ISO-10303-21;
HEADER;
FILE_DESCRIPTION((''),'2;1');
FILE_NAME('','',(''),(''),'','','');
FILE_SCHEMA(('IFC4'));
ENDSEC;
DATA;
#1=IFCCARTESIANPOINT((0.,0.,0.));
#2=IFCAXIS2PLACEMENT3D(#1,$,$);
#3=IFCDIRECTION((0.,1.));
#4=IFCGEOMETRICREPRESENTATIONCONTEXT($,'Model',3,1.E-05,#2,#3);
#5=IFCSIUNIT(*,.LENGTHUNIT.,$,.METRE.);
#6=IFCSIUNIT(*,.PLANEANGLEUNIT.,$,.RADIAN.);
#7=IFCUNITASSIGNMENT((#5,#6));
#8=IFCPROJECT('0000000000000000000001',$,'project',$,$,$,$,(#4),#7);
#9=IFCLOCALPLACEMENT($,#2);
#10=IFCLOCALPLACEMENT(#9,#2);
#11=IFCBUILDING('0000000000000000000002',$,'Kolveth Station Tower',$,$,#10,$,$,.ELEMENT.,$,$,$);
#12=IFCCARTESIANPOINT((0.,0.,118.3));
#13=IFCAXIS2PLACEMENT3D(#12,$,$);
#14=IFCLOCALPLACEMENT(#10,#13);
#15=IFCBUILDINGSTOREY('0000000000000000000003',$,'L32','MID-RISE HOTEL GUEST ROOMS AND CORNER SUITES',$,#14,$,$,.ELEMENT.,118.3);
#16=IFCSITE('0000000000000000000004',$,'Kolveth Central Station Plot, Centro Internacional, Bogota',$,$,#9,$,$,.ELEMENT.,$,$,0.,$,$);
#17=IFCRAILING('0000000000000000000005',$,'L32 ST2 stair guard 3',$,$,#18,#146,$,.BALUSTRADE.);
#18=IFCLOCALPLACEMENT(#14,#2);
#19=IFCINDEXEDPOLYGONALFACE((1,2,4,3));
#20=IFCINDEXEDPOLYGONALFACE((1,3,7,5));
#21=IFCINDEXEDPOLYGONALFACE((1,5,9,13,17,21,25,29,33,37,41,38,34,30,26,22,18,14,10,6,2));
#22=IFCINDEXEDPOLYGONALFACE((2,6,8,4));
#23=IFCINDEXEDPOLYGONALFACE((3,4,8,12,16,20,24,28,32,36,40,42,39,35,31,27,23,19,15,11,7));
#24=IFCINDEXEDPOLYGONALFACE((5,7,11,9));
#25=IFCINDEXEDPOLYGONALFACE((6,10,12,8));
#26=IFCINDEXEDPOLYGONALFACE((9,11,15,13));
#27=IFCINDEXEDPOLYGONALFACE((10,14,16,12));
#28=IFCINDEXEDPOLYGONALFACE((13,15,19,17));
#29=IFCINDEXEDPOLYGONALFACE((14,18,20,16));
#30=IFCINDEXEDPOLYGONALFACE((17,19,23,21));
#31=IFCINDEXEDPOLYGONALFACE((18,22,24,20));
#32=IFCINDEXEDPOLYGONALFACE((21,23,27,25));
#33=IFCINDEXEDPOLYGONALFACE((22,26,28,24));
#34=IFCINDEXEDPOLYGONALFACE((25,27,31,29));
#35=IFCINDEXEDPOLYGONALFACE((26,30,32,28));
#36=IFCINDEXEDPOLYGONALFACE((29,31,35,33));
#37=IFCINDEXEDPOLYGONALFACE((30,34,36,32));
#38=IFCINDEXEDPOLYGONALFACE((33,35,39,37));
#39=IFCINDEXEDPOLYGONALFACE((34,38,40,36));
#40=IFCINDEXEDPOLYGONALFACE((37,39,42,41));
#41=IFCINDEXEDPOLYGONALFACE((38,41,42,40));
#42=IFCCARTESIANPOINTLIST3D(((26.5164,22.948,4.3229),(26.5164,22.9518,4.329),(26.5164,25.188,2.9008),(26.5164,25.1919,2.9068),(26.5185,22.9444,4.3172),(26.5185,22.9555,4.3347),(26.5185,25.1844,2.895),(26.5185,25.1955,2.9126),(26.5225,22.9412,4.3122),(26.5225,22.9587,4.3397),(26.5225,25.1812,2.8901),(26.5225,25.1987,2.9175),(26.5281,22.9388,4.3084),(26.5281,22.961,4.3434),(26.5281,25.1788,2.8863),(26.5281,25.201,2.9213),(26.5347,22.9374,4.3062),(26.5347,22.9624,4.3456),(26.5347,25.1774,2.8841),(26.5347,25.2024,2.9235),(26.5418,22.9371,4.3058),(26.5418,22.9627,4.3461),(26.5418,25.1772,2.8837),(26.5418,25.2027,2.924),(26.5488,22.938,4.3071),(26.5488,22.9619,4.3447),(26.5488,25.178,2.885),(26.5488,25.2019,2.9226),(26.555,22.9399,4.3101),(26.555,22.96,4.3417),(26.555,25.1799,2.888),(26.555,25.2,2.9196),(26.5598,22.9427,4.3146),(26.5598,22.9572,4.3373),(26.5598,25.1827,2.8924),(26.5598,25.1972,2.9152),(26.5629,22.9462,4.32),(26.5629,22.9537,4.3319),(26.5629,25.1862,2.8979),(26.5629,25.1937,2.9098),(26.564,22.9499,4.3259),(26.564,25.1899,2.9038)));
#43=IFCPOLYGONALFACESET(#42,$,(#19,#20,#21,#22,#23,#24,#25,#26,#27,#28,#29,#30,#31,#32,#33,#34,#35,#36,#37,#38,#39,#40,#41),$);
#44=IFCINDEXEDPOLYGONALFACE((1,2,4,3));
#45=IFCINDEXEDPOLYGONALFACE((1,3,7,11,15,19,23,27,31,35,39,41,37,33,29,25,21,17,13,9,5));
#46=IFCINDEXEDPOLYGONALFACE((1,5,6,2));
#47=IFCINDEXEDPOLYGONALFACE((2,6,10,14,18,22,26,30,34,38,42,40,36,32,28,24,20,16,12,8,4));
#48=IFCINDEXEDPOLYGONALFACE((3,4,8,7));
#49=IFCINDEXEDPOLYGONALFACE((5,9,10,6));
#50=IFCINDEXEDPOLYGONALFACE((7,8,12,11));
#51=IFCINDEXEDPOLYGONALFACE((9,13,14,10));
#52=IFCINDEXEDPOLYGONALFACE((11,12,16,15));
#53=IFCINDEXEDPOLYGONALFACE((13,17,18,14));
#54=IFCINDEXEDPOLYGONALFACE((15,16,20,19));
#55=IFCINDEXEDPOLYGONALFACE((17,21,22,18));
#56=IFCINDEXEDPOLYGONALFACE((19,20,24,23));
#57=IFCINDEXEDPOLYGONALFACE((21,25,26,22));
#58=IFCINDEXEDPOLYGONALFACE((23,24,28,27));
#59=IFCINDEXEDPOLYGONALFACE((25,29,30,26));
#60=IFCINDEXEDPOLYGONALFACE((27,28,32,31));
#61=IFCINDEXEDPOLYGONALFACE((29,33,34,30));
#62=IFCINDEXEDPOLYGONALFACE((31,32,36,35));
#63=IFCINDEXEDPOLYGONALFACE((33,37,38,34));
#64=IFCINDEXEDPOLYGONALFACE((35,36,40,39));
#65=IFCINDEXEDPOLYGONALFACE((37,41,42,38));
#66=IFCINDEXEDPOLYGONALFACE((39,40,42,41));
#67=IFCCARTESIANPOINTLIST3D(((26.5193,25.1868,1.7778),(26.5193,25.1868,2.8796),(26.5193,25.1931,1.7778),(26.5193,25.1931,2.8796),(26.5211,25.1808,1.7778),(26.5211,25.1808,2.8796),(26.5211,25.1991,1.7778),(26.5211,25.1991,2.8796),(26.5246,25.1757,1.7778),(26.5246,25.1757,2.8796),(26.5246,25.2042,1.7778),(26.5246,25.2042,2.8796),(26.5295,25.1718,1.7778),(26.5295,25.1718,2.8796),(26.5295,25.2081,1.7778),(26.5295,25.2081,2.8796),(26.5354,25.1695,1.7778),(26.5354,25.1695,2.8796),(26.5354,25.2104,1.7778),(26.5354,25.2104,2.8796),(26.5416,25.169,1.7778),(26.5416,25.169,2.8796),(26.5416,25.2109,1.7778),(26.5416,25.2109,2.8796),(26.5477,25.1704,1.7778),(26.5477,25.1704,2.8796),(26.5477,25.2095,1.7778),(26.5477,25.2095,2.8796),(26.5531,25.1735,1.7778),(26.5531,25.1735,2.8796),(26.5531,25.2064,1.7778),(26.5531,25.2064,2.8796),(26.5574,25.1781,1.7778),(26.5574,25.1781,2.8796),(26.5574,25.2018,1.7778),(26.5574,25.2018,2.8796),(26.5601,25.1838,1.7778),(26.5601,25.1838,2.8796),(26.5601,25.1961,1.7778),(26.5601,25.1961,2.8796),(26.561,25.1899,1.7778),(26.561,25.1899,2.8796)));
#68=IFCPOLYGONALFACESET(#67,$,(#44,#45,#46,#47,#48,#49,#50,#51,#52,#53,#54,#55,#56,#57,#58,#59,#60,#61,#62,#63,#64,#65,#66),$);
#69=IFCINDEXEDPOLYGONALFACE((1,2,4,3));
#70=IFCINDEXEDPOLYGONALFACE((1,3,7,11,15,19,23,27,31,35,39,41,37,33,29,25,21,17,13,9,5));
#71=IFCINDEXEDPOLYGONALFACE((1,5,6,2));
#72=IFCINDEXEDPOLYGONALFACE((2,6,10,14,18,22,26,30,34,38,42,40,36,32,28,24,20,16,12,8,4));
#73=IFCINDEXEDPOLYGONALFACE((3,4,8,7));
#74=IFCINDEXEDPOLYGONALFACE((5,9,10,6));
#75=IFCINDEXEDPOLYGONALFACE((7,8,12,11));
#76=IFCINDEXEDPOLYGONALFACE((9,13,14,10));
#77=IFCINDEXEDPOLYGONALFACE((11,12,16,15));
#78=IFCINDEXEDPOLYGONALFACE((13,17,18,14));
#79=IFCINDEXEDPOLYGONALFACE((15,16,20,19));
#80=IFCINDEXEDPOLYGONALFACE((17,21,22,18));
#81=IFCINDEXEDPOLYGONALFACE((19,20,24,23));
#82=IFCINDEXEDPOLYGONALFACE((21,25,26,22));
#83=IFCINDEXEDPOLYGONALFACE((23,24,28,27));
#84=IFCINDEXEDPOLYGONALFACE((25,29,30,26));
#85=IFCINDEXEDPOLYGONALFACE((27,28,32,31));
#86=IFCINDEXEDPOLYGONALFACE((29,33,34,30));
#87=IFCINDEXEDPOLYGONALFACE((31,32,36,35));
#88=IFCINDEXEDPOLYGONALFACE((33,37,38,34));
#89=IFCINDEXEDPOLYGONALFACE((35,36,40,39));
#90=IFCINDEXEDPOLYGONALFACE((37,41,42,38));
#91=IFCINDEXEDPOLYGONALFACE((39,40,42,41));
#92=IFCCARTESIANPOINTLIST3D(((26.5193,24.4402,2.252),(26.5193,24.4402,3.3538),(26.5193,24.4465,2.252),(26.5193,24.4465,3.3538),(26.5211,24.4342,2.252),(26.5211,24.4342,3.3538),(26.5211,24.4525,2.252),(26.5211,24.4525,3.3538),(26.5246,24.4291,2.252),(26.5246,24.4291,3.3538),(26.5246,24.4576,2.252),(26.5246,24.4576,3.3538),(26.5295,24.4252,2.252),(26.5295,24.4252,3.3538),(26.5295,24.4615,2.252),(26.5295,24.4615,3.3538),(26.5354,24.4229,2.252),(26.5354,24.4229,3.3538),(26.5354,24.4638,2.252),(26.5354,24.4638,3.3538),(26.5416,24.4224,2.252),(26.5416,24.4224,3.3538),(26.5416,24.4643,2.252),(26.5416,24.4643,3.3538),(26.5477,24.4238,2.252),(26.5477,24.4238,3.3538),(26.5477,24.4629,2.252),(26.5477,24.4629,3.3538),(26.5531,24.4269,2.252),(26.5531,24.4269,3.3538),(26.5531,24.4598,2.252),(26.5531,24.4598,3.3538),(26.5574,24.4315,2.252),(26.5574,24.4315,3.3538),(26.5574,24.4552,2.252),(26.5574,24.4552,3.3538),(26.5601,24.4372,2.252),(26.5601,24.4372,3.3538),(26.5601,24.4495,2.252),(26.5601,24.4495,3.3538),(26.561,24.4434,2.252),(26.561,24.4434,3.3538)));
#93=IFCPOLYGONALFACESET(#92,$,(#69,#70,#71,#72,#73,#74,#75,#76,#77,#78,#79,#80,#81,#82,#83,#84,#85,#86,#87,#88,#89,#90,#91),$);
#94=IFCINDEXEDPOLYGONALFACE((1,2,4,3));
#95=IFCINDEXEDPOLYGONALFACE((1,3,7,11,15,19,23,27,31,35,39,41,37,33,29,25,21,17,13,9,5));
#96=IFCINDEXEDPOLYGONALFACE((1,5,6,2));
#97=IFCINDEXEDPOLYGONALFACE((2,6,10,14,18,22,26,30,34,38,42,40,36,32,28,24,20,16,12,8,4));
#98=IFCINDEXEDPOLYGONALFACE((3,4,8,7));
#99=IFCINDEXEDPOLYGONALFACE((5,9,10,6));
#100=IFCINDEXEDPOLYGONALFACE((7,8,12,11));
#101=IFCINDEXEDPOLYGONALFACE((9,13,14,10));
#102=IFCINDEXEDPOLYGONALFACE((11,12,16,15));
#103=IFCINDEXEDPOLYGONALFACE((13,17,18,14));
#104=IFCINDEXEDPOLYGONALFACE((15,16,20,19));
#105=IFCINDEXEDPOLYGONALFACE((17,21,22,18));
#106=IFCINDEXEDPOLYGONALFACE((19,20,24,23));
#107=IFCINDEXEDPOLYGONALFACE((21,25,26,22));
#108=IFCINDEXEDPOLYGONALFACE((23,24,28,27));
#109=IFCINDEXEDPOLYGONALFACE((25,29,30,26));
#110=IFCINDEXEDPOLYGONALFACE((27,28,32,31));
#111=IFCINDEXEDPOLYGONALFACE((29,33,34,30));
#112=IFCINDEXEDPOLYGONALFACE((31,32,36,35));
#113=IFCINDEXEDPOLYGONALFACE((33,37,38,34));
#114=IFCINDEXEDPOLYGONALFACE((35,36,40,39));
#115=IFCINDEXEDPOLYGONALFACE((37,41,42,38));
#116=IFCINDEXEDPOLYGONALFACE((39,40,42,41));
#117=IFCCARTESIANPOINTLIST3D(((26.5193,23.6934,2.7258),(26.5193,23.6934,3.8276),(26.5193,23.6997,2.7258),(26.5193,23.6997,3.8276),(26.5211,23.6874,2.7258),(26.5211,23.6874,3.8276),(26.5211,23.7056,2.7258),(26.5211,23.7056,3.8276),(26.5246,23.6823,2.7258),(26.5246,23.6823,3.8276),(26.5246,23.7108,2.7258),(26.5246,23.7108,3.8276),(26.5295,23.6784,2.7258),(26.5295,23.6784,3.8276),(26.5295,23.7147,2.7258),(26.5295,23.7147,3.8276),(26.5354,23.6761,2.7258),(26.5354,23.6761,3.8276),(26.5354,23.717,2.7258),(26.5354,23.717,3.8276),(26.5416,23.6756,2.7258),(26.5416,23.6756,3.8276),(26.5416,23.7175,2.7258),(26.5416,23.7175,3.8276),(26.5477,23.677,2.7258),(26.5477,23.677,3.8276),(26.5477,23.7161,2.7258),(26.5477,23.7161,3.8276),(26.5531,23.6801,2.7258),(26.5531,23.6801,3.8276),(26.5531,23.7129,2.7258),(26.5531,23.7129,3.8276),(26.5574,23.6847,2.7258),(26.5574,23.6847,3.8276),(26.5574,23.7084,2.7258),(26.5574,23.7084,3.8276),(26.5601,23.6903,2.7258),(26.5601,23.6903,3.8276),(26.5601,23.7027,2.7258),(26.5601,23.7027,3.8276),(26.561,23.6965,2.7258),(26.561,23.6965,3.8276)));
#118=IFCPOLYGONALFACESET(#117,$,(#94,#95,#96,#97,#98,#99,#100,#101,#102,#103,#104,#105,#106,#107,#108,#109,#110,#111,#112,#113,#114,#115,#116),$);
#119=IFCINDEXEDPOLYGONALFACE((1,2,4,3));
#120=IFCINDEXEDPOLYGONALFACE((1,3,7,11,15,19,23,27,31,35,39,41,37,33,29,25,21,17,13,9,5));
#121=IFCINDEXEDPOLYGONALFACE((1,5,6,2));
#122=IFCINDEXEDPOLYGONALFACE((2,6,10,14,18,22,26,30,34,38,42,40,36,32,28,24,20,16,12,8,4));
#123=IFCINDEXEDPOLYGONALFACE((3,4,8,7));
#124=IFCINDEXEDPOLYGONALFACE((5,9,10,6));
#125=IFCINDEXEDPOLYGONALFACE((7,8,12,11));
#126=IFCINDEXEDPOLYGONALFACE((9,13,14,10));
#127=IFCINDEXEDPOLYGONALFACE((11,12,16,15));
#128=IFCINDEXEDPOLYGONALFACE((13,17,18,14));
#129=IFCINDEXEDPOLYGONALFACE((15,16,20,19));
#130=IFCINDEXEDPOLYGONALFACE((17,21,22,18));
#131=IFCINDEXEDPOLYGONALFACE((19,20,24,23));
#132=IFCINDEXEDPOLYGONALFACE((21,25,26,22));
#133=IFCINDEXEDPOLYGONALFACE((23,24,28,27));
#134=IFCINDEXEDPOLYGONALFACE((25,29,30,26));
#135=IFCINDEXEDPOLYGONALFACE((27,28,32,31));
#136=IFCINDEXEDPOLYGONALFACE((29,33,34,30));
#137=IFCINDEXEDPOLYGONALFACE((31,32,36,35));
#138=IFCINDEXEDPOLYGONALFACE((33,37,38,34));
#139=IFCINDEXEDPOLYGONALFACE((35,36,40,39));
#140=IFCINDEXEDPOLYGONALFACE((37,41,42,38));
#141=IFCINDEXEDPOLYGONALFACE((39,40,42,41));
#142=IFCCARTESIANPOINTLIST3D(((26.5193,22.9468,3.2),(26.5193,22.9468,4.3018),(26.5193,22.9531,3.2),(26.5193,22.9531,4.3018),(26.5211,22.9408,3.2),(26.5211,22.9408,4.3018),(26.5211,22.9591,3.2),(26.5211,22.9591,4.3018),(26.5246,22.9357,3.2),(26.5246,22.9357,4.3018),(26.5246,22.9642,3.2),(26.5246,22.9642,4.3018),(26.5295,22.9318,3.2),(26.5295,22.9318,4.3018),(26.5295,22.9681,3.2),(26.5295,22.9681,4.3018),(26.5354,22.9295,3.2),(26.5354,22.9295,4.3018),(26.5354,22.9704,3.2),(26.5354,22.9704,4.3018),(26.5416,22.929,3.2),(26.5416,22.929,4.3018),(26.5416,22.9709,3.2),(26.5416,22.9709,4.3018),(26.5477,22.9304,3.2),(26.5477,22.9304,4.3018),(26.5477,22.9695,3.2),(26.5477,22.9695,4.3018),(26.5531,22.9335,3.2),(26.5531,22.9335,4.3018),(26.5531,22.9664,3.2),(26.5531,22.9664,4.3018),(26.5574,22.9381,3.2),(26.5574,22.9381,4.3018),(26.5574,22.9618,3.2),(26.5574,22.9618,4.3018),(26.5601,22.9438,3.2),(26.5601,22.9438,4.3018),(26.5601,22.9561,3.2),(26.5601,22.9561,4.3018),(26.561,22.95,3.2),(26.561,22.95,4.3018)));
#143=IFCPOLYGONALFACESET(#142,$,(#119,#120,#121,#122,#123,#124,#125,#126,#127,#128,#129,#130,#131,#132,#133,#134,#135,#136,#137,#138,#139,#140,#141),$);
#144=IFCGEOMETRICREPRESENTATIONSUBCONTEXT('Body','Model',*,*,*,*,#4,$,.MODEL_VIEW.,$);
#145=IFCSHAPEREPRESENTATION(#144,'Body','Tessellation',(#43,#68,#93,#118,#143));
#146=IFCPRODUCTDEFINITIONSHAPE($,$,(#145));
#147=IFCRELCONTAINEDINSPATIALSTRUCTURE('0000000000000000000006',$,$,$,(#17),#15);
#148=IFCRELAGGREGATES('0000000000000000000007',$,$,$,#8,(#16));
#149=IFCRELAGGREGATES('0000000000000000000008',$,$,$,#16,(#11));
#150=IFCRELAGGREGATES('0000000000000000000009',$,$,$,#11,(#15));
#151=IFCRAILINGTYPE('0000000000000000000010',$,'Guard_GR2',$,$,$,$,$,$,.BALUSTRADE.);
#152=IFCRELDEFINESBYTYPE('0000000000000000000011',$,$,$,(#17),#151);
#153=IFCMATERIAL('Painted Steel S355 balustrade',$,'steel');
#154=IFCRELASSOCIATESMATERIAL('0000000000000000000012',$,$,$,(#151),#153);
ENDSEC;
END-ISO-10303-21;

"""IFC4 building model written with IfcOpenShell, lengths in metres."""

from ifc_helpers import new_model, si_unit, direction, frame, origin, origin_2d, place, context, subcontext, project, spatial, circle, extrude, material, type_object, element, save


model = new_model("IFC4")

# Units and contexts
model_context = context("Model", 3, precision=1e-05, world=origin(), true_north=direction((0.0, 1.0)))
body_context = subcontext(model_context, "Body", "Model", "MODEL_VIEW")
ifc_project = project(units=[si_unit("LENGTHUNIT", "METRE"), si_unit("PLANEANGLEUNIT", "RADIAN")], contexts=[model_context])

# Site, building, storey
site_placement = place(None, origin())
site = spatial("IfcSite", under=ifc_project, at=site_placement, Name="Kolveth Central Station Plot, Centro Internacional, Bogota", CompositionType="ELEMENT", RefElevation=0.0)
building_placement = place(site_placement, origin())
building = spatial("IfcBuilding", under=site, at=building_placement, Name="Kolveth Station Tower", CompositionType="ELEMENT")
storey_placement = place(building_placement, frame((0.0, 0.0, 118.3)))
storey = spatial("IfcBuildingStorey", under=building, at=storey_placement, Name="L32", Description="MID-RISE HOTEL GUEST ROOMS AND CORNER SUITES", CompositionType="ELEMENT", Elevation=118.3)

# Railing
ifc_material_1 = material(Name="Painted Steel S355 balustrade", Category="steel")
railing_type_1 = type_object("IfcRailingType", Name="Guard_GR2", PredefinedType="BALUSTRADE", material=ifc_material_1)
railing_1_placement = place(storey_placement, frame((26.54, 25.1899, 1.7778)))
element("IfcRailing", 1, at=railing_1_placement, inside=storey, type_object=railing_type_1, Name="L32 ST2 stair guard 3", PredefinedType="BALUSTRADE", context=body_context, shape_type="SweptSolid", body=[
    extrude(circle(Radius=0.0239, at=origin_2d()), frame((0.0, 0.0, 1.126), z_axis=(0.0, -0.844229, 0.535982), x_axis=(1.0, 0.0, 0.0)), (0.0, 0.0, 1.0), 2.6533),
    extrude(circle(Radius=0.021, at=origin_2d()), origin(), (0.0, 0.0, 1.0), 1.1018),
    extrude(circle(Radius=0.021, at=origin_2d()), frame((0.0, -0.7466, 0.4741)), (0.0, 0.0, 1.0), 1.1018),
    extrude(circle(Radius=0.021, at=origin_2d()), frame((0.0, -1.4934, 0.948)), (0.0, 0.0, 1.0), 1.1018),
    extrude(circle(Radius=0.021, at=origin_2d()), frame((0.0, -2.24, 1.4221)), (0.0, 0.0, 1.0), 1.1018),
])

save(model, "model.ifc")
